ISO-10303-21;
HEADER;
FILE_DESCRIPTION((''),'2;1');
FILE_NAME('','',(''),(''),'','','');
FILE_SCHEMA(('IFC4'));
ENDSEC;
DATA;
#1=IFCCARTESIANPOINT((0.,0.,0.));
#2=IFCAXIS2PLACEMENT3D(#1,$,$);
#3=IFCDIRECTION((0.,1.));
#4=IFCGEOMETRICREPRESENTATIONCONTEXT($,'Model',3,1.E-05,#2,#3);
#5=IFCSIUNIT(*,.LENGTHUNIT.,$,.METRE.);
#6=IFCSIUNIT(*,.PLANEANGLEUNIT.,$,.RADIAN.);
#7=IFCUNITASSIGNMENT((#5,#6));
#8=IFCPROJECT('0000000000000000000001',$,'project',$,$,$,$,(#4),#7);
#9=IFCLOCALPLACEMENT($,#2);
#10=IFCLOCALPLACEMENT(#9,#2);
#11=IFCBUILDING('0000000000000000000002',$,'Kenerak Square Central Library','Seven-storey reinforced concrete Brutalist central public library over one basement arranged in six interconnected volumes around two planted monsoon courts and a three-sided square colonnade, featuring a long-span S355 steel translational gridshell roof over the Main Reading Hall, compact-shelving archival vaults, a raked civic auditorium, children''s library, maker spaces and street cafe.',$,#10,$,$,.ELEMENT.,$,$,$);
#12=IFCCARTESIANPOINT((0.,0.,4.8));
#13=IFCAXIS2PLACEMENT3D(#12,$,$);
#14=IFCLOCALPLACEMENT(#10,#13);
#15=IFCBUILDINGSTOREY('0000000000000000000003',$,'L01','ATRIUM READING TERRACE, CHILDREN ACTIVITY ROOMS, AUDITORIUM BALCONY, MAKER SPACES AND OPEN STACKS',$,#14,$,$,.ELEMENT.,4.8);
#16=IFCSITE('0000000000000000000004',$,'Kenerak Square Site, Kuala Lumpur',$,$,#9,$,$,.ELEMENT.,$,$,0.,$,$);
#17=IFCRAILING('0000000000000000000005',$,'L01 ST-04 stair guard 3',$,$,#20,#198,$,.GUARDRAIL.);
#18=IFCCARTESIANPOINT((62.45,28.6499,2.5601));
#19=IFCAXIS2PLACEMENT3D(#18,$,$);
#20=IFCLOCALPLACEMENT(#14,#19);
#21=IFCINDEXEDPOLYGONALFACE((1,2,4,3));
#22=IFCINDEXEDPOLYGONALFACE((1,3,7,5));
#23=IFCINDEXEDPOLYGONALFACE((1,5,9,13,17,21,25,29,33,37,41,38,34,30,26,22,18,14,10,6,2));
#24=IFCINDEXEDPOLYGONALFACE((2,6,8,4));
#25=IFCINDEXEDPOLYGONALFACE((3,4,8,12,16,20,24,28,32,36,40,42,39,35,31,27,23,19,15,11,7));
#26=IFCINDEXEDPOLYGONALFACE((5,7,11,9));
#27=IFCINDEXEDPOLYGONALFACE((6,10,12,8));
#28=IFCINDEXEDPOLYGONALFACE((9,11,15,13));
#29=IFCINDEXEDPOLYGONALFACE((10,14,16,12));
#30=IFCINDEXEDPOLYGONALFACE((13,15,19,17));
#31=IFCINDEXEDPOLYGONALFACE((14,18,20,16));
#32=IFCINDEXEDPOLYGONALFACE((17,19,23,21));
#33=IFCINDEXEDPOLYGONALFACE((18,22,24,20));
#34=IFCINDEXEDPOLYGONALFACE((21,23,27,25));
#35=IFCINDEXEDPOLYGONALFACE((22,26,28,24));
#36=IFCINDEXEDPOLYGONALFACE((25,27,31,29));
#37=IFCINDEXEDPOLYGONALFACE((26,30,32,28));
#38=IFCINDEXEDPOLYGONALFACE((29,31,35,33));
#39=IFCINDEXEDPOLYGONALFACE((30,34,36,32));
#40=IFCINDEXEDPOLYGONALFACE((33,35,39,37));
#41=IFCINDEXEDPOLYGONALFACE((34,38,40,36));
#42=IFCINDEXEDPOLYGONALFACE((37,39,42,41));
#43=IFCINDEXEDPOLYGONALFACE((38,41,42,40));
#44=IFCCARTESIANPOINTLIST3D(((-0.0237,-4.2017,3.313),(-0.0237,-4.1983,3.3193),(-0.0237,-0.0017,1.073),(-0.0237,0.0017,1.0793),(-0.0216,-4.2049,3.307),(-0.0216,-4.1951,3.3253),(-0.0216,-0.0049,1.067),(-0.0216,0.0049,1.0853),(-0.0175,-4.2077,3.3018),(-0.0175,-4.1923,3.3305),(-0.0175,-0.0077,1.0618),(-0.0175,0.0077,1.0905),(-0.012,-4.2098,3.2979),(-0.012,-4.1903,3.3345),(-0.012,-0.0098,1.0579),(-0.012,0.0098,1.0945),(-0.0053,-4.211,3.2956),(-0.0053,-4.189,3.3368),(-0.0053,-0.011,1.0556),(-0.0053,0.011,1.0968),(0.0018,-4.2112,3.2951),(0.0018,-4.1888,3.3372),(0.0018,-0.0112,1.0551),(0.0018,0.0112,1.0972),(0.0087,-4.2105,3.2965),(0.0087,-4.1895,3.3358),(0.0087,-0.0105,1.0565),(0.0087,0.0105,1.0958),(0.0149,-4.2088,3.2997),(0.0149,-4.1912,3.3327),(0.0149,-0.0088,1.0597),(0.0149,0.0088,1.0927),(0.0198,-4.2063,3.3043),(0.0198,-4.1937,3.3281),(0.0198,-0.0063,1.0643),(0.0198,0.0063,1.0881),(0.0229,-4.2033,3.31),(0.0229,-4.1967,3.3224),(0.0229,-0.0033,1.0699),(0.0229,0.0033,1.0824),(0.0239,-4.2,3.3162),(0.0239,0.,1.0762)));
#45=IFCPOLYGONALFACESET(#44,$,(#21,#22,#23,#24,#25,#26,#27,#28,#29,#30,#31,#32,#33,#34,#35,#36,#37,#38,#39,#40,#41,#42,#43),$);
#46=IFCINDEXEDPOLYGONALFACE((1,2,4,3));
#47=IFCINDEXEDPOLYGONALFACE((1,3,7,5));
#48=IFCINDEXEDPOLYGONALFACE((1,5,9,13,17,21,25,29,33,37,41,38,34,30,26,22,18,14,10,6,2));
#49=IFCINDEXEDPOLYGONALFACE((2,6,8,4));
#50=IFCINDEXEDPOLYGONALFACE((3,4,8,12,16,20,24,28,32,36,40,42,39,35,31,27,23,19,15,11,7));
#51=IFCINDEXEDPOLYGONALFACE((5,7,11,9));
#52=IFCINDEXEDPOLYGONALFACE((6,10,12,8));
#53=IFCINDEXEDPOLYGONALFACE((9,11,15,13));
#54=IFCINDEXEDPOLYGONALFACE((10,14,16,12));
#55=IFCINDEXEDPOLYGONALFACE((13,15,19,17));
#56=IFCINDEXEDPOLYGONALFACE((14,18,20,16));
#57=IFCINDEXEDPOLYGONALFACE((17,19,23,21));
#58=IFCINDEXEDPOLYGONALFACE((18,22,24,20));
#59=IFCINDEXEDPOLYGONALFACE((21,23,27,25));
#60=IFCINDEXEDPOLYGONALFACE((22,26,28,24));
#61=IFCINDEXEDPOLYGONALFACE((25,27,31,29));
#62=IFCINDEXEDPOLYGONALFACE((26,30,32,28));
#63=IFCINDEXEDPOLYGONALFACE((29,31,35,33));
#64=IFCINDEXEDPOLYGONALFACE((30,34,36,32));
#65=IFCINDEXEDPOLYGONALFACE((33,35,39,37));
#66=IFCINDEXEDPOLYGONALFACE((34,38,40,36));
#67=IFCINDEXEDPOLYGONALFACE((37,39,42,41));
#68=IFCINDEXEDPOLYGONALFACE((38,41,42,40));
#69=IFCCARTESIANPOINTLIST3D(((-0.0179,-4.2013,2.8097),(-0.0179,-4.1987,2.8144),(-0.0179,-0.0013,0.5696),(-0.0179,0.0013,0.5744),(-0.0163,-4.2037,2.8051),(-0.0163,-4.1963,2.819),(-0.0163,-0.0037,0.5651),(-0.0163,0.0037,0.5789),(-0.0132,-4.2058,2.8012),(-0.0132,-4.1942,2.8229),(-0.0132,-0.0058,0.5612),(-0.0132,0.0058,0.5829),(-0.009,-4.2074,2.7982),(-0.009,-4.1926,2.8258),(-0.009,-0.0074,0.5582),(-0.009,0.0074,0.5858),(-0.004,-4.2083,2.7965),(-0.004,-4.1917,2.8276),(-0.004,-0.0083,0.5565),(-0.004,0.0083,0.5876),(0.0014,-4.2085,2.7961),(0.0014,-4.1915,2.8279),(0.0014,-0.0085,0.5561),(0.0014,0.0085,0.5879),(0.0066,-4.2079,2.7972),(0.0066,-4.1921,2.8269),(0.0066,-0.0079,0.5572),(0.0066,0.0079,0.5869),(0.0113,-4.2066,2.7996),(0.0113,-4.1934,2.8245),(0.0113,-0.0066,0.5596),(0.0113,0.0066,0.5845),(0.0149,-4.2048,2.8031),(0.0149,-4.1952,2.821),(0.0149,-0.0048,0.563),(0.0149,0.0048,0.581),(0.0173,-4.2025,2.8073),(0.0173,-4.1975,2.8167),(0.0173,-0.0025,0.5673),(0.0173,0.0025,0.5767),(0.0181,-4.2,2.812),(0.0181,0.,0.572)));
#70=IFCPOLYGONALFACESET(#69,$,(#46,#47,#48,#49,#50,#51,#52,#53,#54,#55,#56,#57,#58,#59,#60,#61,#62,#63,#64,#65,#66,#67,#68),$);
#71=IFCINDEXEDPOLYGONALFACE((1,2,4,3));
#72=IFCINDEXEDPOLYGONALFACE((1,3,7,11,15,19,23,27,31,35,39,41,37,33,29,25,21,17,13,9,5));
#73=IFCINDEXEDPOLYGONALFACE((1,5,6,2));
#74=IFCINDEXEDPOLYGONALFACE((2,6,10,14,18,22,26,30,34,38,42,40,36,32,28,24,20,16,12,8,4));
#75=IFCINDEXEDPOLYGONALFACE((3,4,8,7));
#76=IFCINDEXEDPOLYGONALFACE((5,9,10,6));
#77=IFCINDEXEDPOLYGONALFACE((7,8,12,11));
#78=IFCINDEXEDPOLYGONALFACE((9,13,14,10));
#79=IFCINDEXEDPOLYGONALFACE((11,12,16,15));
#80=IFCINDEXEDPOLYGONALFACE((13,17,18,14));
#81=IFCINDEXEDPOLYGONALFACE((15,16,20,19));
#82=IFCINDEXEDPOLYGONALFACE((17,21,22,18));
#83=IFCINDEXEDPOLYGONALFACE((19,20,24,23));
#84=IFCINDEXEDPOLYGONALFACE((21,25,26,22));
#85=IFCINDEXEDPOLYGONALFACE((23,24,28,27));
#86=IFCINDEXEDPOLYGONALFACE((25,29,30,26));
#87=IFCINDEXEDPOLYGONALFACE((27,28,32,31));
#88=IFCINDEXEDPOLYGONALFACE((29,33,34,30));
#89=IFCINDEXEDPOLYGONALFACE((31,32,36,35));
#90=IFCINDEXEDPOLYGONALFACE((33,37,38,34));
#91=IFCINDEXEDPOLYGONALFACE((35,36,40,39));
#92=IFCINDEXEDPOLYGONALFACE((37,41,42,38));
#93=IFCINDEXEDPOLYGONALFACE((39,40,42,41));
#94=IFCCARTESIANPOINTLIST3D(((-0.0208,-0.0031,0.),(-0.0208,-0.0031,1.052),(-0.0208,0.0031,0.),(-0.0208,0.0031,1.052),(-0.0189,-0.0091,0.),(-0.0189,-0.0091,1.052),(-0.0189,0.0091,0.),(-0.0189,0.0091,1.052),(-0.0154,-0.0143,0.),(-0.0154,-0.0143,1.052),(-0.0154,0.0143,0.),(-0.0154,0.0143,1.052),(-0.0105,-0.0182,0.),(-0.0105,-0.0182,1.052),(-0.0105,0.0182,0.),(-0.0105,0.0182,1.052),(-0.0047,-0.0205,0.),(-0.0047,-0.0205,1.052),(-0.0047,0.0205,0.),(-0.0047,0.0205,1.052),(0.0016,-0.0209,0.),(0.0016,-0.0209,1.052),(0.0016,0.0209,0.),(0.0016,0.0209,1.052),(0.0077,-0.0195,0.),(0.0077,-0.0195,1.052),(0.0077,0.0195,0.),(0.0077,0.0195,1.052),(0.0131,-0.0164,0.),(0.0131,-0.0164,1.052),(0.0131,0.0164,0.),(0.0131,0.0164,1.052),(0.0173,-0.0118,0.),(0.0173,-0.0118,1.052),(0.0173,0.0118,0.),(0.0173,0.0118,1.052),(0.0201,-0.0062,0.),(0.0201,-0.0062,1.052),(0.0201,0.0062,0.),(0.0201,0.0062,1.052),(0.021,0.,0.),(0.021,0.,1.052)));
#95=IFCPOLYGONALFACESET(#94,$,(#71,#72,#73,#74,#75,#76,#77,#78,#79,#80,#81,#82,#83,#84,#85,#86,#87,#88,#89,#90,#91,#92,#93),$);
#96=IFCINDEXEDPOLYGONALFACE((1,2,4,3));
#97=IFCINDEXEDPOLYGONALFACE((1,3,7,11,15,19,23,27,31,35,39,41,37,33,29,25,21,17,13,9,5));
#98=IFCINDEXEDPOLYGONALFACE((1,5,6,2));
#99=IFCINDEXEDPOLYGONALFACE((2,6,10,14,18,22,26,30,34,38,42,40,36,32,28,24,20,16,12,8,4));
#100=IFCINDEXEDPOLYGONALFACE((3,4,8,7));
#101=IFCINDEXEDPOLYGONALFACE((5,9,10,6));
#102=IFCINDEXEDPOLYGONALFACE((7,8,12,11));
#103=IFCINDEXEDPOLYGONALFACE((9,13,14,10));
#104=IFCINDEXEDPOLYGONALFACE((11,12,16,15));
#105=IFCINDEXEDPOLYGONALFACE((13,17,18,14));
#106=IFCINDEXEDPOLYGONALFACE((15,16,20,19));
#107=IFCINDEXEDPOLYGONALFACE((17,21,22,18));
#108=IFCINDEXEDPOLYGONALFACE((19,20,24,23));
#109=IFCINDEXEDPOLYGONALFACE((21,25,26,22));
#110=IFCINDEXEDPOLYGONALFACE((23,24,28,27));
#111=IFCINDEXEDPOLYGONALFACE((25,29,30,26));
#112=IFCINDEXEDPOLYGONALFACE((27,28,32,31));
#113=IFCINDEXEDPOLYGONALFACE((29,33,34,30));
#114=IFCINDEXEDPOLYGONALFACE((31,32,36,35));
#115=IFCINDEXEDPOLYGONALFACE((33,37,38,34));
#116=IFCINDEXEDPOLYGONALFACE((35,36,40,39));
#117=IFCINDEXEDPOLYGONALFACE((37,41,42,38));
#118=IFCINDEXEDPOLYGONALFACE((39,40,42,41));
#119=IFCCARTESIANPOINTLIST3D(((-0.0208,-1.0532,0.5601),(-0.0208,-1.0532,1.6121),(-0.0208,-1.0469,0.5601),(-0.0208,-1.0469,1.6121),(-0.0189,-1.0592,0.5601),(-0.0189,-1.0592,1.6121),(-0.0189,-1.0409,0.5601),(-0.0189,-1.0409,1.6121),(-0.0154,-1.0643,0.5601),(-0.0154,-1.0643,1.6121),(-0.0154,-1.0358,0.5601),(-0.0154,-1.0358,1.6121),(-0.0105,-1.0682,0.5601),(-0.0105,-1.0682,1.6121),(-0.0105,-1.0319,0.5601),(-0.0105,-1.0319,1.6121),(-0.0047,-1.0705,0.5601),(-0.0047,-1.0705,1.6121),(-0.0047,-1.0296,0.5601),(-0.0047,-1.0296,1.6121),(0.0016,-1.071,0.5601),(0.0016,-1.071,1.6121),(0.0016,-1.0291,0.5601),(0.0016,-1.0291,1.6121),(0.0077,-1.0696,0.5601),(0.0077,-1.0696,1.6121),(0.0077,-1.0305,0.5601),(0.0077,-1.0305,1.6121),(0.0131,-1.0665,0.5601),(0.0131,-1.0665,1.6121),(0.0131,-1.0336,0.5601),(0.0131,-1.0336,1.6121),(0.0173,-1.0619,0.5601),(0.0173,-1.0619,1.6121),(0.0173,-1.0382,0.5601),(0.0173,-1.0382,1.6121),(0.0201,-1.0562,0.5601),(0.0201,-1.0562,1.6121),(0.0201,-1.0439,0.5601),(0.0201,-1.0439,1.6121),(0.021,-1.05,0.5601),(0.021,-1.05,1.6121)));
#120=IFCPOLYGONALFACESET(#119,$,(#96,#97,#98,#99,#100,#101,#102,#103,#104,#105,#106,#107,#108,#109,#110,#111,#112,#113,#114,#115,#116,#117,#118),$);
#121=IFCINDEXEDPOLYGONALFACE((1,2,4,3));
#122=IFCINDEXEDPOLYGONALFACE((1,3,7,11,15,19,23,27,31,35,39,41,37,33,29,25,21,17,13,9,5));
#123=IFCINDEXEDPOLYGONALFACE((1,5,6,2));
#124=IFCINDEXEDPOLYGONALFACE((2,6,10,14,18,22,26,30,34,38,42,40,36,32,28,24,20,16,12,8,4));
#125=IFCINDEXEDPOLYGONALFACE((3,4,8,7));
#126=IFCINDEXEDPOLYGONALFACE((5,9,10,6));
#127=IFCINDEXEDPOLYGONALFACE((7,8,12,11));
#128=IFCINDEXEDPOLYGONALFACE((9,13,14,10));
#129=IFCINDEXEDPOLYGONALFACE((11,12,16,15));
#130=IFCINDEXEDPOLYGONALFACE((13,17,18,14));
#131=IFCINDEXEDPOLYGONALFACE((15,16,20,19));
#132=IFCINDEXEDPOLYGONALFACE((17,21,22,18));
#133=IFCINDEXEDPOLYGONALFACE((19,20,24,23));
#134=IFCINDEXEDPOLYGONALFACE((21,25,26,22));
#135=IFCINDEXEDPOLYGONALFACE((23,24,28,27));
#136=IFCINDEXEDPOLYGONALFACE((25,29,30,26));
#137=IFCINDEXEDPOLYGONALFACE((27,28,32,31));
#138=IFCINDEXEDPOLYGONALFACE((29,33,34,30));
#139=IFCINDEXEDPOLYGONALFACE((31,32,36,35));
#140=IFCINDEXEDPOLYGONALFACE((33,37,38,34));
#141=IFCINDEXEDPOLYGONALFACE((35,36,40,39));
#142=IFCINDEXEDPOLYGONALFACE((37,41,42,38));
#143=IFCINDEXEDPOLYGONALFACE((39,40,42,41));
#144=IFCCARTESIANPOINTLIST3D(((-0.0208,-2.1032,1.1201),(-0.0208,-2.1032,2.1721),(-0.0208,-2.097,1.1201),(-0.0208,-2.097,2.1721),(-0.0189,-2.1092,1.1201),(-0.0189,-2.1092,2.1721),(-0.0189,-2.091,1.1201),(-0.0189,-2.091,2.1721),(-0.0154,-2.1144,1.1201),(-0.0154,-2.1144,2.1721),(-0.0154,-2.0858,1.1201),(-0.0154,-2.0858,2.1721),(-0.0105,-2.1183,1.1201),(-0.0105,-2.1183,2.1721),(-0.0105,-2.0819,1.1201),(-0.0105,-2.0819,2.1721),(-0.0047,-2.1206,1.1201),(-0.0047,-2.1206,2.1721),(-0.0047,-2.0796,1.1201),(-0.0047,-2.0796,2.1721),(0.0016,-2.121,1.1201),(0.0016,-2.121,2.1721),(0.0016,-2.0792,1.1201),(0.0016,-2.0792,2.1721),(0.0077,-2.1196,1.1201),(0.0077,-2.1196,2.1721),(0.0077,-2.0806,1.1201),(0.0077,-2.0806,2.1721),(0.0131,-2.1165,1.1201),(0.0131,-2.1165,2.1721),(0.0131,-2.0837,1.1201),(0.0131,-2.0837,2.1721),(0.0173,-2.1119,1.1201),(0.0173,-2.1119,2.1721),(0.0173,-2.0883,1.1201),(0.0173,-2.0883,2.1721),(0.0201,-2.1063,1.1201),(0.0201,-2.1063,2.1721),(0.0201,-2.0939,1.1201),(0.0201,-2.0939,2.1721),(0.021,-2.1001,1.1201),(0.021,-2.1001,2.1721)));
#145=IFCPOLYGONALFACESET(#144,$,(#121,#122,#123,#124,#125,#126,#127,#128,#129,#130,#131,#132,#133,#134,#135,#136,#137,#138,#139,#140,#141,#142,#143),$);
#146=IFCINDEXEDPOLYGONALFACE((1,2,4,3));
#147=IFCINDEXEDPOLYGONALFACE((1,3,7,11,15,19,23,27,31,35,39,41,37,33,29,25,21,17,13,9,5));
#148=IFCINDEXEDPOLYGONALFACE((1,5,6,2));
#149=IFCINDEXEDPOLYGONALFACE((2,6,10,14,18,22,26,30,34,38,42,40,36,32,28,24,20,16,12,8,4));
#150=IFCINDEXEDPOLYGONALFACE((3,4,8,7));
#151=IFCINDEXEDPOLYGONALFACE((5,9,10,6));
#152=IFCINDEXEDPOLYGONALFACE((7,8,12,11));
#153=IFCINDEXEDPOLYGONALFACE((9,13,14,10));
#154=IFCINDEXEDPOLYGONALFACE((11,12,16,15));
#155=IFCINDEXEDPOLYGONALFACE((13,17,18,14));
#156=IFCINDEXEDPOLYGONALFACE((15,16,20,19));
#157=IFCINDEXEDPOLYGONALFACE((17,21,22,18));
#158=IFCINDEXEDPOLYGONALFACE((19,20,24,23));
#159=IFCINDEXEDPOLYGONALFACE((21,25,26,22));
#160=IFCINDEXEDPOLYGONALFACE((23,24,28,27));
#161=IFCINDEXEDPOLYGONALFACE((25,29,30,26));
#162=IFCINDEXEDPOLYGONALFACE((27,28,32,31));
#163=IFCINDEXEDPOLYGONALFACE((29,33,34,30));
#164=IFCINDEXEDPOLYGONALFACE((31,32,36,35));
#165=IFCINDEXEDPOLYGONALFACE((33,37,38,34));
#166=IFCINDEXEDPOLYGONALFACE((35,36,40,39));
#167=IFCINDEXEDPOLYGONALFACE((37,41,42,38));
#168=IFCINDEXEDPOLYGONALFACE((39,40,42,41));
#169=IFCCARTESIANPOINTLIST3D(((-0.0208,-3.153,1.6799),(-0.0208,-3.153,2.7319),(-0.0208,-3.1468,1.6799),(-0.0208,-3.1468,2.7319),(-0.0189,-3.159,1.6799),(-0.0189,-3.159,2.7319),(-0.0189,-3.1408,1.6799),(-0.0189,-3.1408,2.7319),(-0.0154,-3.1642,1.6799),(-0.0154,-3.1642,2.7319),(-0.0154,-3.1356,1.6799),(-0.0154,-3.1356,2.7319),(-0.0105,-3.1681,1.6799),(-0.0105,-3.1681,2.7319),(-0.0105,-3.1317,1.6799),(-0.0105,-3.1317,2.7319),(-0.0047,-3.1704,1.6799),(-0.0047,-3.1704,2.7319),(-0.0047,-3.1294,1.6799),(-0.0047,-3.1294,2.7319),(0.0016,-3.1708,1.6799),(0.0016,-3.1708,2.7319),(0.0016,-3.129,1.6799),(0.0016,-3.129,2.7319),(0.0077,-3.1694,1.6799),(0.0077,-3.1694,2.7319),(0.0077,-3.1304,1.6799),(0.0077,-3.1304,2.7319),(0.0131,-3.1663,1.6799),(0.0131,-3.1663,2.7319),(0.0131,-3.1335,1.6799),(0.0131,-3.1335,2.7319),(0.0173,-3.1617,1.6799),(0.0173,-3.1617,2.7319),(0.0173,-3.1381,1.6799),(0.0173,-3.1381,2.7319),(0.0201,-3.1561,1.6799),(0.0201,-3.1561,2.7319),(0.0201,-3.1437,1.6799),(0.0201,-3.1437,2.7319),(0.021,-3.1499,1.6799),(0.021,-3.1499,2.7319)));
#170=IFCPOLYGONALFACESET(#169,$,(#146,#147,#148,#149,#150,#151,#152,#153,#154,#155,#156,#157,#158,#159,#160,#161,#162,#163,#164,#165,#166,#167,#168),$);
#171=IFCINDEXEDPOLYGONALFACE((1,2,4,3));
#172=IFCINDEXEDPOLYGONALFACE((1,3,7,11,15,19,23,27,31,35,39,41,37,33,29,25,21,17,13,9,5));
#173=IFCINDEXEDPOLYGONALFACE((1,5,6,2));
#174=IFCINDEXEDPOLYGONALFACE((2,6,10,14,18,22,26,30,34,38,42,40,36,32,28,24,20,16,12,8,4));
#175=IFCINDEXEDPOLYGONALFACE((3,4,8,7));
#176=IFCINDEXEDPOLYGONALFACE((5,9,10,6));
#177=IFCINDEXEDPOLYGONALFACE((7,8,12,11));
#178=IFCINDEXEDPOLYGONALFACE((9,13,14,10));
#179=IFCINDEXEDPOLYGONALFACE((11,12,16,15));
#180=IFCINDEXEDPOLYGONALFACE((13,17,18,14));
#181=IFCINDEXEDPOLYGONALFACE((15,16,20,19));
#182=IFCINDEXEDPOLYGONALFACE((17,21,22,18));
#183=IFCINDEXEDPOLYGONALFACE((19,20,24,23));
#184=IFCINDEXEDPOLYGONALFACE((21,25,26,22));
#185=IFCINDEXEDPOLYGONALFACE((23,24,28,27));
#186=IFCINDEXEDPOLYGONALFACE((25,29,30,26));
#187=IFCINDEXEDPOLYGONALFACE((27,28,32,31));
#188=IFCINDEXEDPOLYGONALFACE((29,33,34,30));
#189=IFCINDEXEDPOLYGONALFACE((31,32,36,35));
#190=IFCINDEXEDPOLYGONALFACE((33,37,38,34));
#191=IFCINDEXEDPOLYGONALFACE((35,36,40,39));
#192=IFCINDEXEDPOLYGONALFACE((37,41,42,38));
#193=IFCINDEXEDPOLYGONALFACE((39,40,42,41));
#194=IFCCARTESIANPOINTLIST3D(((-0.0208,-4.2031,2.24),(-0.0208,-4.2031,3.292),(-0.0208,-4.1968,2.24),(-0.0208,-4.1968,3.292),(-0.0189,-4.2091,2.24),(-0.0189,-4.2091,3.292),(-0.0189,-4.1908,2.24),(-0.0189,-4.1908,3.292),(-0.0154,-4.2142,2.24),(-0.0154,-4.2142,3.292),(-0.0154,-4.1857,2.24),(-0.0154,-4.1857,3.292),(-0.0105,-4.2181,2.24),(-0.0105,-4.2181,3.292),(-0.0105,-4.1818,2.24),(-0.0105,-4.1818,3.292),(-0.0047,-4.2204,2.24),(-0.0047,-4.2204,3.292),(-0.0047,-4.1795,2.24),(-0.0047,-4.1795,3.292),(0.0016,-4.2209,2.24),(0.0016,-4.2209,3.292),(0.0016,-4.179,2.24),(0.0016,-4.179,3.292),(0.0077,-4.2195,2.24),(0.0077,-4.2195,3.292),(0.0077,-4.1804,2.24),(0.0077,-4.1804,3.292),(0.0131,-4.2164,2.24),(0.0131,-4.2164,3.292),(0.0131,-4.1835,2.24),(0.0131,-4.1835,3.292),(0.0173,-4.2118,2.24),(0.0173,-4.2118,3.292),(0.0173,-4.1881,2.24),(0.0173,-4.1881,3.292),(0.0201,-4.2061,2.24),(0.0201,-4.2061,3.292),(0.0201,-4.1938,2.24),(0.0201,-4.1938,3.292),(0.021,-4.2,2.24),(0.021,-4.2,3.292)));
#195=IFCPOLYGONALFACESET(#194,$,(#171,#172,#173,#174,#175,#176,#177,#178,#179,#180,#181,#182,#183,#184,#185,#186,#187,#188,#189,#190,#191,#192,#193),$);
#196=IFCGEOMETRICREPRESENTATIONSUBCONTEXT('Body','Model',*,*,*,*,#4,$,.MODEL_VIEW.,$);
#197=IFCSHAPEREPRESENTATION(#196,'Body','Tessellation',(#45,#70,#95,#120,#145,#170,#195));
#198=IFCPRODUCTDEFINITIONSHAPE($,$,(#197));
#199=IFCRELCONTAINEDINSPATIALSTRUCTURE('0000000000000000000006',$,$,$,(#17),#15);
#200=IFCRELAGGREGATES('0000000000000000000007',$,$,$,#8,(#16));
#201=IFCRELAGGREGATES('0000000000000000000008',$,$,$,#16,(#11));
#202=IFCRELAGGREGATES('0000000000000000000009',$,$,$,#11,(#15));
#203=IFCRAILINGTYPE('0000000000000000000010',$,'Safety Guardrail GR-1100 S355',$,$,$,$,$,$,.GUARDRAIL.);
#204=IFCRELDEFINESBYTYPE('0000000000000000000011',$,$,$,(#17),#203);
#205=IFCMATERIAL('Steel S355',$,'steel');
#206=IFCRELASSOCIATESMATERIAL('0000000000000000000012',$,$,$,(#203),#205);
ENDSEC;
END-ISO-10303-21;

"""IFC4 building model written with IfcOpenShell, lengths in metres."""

from ifc_helpers import new_model, si_unit, direction, frame, origin, origin_2d, place, context, subcontext, project, spatial, circle, extrude, material, type_object, element, save


model = new_model("IFC4")

# Units and contexts
model_context = context("Model", 3, precision=1e-05, world=origin(), true_north=direction((0.0, 1.0)))
body_context = subcontext(model_context, "Body", "Model", "MODEL_VIEW")
ifc_project = project(units=[si_unit("LENGTHUNIT", "METRE"), si_unit("PLANEANGLEUNIT", "RADIAN")], contexts=[model_context])

# Site, building, storey
site_placement = place(None, origin())
site = spatial("IfcSite", under=ifc_project, at=site_placement, Name="Kenerak Square Site, Kuala Lumpur", CompositionType="ELEMENT", RefElevation=0.0)
building_placement = place(site_placement, origin())
building = spatial("IfcBuilding", under=site, at=building_placement, Name="Kenerak Square Central Library", Description="Seven-storey reinforced concrete Brutalist central public library over one basement arranged in six interconnected volumes around two planted monsoon courts and a three-sided square colonnade, featuring a long-span S355 steel translational gridshell roof over the Main Reading Hall, compact-shelving archival vaults, a raked civic auditorium, children's library, maker spaces and street cafe.", CompositionType="ELEMENT")
storey_placement = place(building_placement, frame((0.0, 0.0, 4.8)))
storey = spatial("IfcBuildingStorey", under=building, at=storey_placement, Name="L01", Description="ATRIUM READING TERRACE, CHILDREN ACTIVITY ROOMS, AUDITORIUM BALCONY, MAKER SPACES AND OPEN STACKS", CompositionType="ELEMENT", Elevation=4.8)

# Shared definitions
ifc_material_1 = material(Name="Steel S355", Category="steel")

# Railing
railing_type_1 = type_object("IfcRailingType", Name="Safety Guardrail GR-1100 S355", PredefinedType="GUARDRAIL", material=ifc_material_1)
railing_1_placement = place(storey_placement, frame((62.45, 28.6499, 2.5601)))
element("IfcRailing", 1, at=railing_1_placement, inside=storey, type_object=railing_type_1, Name="L01 ST-04 stair guard 3", PredefinedType="GUARDRAIL", context=body_context, shape_type="SweptSolid", body=[
    extrude(circle(Radius=0.0239, at=origin_2d()), frame((0.0, 0.0, 1.0762), z_axis=(0.0, -0.882352, 0.470591), x_axis=(1.0, 0.0, 0.0)), (0.0, 0.0, 1.0), 4.76),
    extrude(circle(Radius=0.0181, at=origin_2d()), frame((0.0, 0.0, 0.572), z_axis=(0.0, -0.882352, 0.470591), x_axis=(1.0, 0.0, 0.0)), (0.0, 0.0, 1.0), 4.76),
    extrude(circle(Radius=0.021, at=origin_2d()), origin(), (0.0, 0.0, 1.0), 1.052),
    extrude(circle(Radius=0.021, at=origin_2d()), frame((0.0, -1.05, 0.5601)), (0.0, 0.0, 1.0), 1.052),
    extrude(circle(Radius=0.021, at=origin_2d()), frame((0.0, -2.1001, 1.1201)), (0.0, 0.0, 1.0), 1.052),
    extrude(circle(Radius=0.021, at=origin_2d()), frame((0.0, -3.1499, 1.6799)), (0.0, 0.0, 1.0), 1.052),
    extrude(circle(Radius=0.021, at=origin_2d()), frame((0.0, -4.2, 2.24)), (0.0, 0.0, 1.0), 1.052),
])

save(model, "model.ifc")
